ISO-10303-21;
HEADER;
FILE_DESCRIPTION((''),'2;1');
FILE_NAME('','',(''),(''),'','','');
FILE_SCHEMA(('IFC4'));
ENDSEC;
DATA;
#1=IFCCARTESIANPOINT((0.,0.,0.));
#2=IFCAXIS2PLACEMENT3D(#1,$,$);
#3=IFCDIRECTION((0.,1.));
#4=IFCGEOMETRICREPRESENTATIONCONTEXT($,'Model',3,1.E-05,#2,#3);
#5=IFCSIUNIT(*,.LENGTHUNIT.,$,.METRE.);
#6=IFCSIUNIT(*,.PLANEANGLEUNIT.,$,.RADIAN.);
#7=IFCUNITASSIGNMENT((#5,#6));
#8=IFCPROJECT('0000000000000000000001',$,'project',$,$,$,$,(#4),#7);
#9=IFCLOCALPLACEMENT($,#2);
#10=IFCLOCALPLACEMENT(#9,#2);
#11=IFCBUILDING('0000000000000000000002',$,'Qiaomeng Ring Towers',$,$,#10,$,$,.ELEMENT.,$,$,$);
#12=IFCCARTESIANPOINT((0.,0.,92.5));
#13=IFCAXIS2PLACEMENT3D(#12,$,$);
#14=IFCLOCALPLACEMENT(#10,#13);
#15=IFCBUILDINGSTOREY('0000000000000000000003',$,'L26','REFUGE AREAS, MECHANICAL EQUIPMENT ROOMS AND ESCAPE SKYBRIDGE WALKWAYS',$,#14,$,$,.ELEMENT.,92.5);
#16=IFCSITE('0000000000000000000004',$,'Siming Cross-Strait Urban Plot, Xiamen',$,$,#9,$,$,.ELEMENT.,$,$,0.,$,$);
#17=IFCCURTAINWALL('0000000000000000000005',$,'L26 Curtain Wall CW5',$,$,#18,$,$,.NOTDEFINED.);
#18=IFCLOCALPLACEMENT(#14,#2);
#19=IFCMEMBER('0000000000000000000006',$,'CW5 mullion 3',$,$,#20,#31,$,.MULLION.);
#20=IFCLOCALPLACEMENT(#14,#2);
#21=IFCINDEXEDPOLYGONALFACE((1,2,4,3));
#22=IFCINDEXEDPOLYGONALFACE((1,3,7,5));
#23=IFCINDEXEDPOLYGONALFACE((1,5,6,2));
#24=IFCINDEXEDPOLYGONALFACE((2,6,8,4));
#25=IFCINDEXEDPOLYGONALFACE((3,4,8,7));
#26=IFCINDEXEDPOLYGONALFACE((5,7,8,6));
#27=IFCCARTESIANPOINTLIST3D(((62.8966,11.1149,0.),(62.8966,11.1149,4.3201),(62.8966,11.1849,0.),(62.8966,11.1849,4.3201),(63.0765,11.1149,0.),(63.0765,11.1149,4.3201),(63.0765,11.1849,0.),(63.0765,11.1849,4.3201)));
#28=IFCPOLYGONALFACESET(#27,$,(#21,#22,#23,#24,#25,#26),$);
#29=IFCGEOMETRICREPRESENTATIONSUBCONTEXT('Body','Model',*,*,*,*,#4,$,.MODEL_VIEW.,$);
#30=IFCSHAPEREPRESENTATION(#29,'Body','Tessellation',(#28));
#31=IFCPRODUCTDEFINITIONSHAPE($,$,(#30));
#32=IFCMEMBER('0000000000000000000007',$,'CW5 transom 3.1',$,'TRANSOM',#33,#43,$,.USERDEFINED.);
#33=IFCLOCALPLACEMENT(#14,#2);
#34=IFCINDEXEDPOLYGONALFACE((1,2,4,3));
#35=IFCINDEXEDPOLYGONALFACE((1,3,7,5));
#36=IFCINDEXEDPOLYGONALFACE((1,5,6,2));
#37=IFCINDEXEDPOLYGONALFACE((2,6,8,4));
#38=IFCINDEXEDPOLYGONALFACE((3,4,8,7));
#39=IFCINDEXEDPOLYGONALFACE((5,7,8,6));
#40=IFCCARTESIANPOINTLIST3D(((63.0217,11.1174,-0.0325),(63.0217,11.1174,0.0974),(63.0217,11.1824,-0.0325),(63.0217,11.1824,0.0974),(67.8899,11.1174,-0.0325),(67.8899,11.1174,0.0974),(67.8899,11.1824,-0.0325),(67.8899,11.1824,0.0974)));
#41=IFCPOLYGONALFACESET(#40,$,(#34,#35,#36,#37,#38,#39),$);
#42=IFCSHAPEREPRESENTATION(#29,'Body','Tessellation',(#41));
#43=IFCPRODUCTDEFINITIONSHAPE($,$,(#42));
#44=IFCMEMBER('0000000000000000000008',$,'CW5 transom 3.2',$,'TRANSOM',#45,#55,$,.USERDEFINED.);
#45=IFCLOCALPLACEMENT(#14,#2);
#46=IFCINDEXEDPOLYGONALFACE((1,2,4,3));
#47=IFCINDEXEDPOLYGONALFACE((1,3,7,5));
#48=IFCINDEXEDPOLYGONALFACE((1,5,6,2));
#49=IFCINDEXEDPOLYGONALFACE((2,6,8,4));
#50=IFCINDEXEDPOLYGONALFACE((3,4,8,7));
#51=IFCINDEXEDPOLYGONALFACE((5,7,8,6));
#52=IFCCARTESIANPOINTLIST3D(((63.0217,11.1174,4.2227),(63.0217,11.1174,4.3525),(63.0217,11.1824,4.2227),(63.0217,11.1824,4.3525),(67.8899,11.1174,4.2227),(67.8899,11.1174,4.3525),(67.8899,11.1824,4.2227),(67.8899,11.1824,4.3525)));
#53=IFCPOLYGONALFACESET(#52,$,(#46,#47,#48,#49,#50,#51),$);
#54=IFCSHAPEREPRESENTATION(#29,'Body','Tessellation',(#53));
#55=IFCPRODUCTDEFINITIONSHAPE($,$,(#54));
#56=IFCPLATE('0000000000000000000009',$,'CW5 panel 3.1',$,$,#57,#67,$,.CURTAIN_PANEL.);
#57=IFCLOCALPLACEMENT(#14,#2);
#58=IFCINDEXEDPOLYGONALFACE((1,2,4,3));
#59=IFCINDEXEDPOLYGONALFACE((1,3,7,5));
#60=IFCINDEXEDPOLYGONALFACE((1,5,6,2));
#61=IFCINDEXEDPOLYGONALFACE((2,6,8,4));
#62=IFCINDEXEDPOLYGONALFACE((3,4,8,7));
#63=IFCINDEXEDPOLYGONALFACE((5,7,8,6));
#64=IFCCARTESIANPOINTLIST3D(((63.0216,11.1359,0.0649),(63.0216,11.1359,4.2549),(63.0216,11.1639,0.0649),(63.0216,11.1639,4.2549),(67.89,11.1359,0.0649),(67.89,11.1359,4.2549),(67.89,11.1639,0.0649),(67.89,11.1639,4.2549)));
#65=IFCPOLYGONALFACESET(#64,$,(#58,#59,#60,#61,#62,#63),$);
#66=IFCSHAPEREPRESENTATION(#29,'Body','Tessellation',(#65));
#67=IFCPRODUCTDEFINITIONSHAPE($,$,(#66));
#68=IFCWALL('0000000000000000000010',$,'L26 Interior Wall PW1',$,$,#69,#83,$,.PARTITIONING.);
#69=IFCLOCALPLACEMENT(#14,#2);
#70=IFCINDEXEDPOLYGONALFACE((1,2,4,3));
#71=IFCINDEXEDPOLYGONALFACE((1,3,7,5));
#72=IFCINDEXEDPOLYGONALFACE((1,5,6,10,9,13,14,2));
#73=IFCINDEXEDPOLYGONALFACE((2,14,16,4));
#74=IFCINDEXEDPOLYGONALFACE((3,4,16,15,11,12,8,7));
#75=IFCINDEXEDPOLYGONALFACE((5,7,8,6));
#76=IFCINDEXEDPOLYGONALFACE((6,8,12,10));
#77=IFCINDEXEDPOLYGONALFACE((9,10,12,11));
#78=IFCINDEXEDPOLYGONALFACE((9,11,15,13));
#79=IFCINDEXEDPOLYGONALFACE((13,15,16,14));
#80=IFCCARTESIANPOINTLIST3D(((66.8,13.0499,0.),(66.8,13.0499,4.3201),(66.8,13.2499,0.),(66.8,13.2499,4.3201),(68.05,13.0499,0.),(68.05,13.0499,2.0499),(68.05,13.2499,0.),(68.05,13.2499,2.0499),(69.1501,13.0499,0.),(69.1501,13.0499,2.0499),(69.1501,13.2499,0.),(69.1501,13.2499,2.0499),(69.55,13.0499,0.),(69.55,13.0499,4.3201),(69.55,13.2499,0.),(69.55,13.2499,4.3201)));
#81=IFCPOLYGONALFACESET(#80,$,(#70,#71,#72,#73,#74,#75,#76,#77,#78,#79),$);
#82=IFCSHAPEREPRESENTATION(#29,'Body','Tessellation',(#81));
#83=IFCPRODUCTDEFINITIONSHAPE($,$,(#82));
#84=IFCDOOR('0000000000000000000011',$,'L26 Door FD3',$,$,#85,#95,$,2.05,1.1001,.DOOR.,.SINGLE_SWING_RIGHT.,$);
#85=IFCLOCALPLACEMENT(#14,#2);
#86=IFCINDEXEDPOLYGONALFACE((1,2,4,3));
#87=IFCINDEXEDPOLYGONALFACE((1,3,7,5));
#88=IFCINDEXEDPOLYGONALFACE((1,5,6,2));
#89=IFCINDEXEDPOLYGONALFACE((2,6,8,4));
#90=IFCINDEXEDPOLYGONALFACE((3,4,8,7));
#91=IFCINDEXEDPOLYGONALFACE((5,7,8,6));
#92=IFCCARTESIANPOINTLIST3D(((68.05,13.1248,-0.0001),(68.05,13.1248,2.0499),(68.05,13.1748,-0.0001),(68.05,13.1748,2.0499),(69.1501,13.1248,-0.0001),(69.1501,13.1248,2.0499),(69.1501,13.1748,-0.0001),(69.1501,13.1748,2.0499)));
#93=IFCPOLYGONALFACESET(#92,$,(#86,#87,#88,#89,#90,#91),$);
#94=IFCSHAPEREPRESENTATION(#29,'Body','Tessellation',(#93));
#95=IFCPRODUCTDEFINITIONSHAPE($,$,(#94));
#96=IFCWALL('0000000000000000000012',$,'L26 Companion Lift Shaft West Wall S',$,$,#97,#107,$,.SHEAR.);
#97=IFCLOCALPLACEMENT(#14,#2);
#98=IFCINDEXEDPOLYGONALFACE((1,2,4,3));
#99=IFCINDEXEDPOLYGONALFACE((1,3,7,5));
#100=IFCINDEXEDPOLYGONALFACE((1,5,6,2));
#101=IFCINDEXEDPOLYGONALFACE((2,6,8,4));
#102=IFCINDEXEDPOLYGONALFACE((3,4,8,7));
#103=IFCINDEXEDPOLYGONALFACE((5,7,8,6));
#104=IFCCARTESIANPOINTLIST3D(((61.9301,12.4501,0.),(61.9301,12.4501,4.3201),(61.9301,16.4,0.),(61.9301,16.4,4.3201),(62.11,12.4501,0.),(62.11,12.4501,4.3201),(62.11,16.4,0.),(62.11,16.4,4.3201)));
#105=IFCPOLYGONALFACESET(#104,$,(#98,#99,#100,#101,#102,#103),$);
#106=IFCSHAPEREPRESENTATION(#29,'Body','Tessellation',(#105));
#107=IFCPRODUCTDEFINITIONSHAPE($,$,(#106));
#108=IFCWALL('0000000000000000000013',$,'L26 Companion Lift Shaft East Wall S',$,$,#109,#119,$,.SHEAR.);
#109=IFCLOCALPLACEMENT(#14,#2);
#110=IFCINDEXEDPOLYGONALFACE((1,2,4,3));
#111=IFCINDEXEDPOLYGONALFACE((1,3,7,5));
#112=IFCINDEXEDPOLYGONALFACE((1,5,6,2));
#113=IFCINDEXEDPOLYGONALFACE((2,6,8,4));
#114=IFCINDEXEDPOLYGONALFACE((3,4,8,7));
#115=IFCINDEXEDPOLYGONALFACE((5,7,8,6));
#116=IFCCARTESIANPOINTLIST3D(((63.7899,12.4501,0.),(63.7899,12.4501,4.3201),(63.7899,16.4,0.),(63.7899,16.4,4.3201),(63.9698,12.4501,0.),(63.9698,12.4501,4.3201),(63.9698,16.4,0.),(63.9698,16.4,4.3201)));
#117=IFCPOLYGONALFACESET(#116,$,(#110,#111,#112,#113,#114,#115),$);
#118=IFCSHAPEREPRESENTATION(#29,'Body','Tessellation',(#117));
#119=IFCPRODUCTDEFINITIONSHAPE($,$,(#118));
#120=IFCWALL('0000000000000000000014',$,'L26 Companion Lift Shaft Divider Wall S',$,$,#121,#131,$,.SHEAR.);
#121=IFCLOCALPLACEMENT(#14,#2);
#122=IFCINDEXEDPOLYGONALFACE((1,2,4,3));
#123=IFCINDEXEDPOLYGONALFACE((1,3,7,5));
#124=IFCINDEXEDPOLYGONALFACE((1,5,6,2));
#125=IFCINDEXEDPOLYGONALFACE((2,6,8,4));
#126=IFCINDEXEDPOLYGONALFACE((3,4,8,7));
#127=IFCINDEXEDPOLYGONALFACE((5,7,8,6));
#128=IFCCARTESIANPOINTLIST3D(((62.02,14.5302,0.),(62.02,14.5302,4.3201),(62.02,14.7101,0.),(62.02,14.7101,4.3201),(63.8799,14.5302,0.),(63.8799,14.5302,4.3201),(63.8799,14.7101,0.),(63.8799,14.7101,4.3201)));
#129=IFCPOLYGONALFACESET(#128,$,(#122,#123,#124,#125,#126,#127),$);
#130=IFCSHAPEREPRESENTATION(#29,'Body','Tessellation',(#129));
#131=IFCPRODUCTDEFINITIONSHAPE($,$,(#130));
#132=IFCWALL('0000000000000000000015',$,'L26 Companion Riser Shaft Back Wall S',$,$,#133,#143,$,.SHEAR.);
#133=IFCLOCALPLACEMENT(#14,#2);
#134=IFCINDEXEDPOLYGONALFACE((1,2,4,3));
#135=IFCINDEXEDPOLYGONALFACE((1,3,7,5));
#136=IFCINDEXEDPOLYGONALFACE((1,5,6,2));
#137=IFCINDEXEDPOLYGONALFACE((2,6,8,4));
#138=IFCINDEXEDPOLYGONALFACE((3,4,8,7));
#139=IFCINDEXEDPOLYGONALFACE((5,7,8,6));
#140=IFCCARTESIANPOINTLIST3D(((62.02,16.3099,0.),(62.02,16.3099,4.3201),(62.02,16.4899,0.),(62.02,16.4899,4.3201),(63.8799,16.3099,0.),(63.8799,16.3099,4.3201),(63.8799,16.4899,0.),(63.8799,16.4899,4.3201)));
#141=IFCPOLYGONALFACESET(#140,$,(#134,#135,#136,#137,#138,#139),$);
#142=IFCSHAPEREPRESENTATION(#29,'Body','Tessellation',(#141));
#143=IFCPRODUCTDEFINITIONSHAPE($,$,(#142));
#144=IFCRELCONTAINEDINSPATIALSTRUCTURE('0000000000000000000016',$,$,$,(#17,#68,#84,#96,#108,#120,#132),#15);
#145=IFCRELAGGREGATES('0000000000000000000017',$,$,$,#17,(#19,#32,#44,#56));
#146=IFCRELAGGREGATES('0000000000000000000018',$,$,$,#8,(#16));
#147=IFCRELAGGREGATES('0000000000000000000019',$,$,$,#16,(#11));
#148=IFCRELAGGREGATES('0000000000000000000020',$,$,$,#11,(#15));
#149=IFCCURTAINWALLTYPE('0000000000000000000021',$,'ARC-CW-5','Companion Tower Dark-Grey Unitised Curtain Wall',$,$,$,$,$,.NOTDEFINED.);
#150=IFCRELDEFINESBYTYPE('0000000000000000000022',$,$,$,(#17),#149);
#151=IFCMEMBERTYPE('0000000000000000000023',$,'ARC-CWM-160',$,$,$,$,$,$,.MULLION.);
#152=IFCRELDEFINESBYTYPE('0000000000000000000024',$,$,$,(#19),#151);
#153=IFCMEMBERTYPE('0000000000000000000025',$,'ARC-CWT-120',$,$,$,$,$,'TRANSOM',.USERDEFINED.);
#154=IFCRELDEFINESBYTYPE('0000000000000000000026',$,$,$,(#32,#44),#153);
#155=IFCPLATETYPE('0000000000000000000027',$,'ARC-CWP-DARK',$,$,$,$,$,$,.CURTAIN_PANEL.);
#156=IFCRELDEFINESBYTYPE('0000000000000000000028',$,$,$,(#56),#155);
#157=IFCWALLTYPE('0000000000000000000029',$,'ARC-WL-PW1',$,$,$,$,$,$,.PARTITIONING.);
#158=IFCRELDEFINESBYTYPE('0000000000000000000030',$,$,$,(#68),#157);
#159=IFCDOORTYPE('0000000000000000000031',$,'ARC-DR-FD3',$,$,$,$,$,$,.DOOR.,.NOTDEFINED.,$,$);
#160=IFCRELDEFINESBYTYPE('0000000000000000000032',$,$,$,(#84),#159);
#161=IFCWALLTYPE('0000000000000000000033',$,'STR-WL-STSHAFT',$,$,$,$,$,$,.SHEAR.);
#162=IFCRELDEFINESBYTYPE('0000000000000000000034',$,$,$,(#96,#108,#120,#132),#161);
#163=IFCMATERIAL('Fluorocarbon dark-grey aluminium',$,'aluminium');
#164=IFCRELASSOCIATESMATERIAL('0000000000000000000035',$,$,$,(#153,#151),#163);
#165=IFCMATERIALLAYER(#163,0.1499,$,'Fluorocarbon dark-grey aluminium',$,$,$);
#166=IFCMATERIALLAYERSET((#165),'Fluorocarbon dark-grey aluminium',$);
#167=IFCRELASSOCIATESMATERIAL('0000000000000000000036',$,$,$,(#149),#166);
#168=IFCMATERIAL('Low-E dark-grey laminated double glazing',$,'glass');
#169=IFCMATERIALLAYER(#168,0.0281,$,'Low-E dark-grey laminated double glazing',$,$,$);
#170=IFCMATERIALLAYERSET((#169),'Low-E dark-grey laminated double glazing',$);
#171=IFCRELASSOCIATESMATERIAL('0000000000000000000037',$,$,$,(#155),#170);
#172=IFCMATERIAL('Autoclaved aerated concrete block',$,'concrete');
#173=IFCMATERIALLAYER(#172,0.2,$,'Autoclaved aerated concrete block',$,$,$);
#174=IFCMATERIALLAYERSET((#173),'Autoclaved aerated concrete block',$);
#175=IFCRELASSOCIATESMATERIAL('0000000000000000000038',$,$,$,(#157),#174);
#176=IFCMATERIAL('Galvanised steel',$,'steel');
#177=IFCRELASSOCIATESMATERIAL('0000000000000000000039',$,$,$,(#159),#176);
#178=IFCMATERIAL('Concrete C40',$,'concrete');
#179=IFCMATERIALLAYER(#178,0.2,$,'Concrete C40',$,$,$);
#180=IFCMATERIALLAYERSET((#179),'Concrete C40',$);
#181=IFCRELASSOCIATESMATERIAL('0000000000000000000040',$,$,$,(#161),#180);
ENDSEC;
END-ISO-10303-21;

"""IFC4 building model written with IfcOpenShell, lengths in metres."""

from ifc_helpers import new_model, si_unit, direction, frame, frame_2d, origin, origin_2d, place, context, subcontext, project, spatial, rectangle, extrude, source, transform, mapped, material, layer, layer_set, material_profile, profile_set, type_object, element, fill, aggregate, save


model = new_model("IFC4")

# Units and contexts
model_context = context("Model", 3, precision=1e-05, world=origin(), true_north=direction((0.0, 1.0)))
body_context = subcontext(model_context, "Body", "Model", "MODEL_VIEW")
ifc_project = project(units=[si_unit("LENGTHUNIT", "METRE"), si_unit("PLANEANGLEUNIT", "RADIAN")], contexts=[model_context])

# Site, building, storey
site_placement = place(None, origin())
site = spatial("IfcSite", under=ifc_project, at=site_placement, Name="Siming Cross-Strait Urban Plot, Xiamen", CompositionType="ELEMENT", RefElevation=0.0)
building_placement = place(site_placement, origin())
building = spatial("IfcBuilding", under=site, at=building_placement, Name="Qiaomeng Ring Towers", CompositionType="ELEMENT")
storey_placement = place(building_placement, frame((0.0, 0.0, 92.5)))
storey = spatial("IfcBuildingStorey", under=building, at=storey_placement, Name="L26", Description="REFUGE AREAS, MECHANICAL EQUIPMENT ROOMS AND ESCAPE SKYBRIDGE WALKWAYS", CompositionType="ELEMENT", Elevation=92.5)

# Shared definitions
ifc_material_1 = material(Name="Fluorocarbon dark-grey aluminium", Category="aluminium")
ifc_material_profile_1 = material_profile(ifc_material_1, rectangle(XDim=0.0649, YDim=0.1299, at=origin_2d()), Name="ALU TRAN 65x130")
ifc_profile_set_1 = profile_set([ifc_material_profile_1], Name="Fluorocarbon dark-grey aluminium")
member_type_1 = type_object("IfcMemberType", Name="ARC-CWT-120", ElementType="TRANSOM", PredefinedType="USERDEFINED", material=ifc_profile_set_1)

# Curtain wall, members, plate
ifc_layer_1 = layer(ifc_material_1, 0.1499, Name="Fluorocarbon dark-grey aluminium")
ifc_layer_set_1 = layer_set([ifc_layer_1], Name="Fluorocarbon dark-grey aluminium")
curtain_wall_type_1 = type_object("IfcCurtainWallType", Name="ARC-CW-5", Description="Companion Tower Dark-Grey Unitised Curtain Wall", PredefinedType="NOTDEFINED", material=ifc_layer_set_1)
curtain_wall_1_placement = place(storey_placement, origin())
curtain_wall_1 = element("IfcCurtainWall", 1, at=curtain_wall_1_placement, inside=storey, type_object=curtain_wall_type_1, Name="L26 Curtain Wall CW5", PredefinedType="NOTDEFINED")
ifc_material_profile_2 = material_profile(ifc_material_1, rectangle(XDim=0.0701, YDim=0.1799, at=origin_2d()), Name="ALU MULL 70x180")
ifc_profile_set_2 = profile_set([ifc_material_profile_2], Name="Fluorocarbon dark-grey aluminium")
member_type_2 = type_object("IfcMemberType", Name="ARC-CWM-160", PredefinedType="MULLION", material=ifc_profile_set_2)
shared_shape_1 = source(origin(), body_context, "Body", "SweptSolid", [
    extrude(rectangle(XDim=0.0701, YDim=0.1799, at=origin_2d()), origin(), (0.0, 0.0, 1.0), 4.3201),
])
member_1_placement = place(storey_placement, frame((62.9866, 11.1499, 0.0), z_axis=(0.0, 0.0, 1.0), x_axis=(0.0, 1.0, 0.0)))
member_1 = element("IfcMember", 2, at=member_1_placement, type_object=member_type_2, Name="CW5 mullion 3", PredefinedType="MULLION", context=body_context, shape_type="MappedRepresentation", body=[
    mapped(shared_shape_1, transform((0.0, 0.0, 0.0), x_axis=(1.0, 0.0, 0.0), y_axis=(0.0, 1.0, 0.0), z_axis=(0.0, 0.0, 1.0), scale=1.0)),
])
shared_shape_2 = source(origin(), body_context, "Body", "SweptSolid", [
    extrude(rectangle(XDim=0.0649, YDim=0.1299, at=origin_2d()), origin(), (0.0, 0.0, 1.0), 4.8682),
])
member_2_placement = place(storey_placement, frame((63.0217, 11.1499, 0.0325), z_axis=(1.0, 0.0, 0.0), x_axis=(0.0, 1.0, 0.0)))
member_2 = element("IfcMember", 3, at=member_2_placement, type_object=member_type_1, Name="CW5 transom 3.1", ObjectType="TRANSOM", PredefinedType="USERDEFINED", context=body_context, shape_type="MappedRepresentation", body=[
    mapped(shared_shape_2, transform((0.0, 0.0, 0.0), x_axis=(1.0, 0.0, 0.0), y_axis=(0.0, 1.0, 0.0), z_axis=(0.0, 0.0, 1.0), scale=1.0)),
])
member_3_placement = place(storey_placement, frame((63.0217, 11.1499, 4.2876), z_axis=(1.0, 0.0, 0.0), x_axis=(0.0, 1.0, 0.0)))
member_3 = element("IfcMember", 4, at=member_3_placement, type_object=member_type_1, Name="CW5 transom 3.2", ObjectType="TRANSOM", PredefinedType="USERDEFINED", context=body_context, shape_type="MappedRepresentation", body=[
    mapped(shared_shape_2, transform((0.0, 0.0, 0.0), x_axis=(1.0, 0.0, 0.0), y_axis=(0.0, 1.0, 0.0), z_axis=(0.0, 0.0, 1.0), scale=1.0)),
])
ifc_material_2 = material(Name="Low-E dark-grey laminated double glazing", Category="glass")
ifc_layer_2 = layer(ifc_material_2, 0.0281, Name="Low-E dark-grey laminated double glazing")
ifc_layer_set_2 = layer_set([ifc_layer_2], Name="Low-E dark-grey laminated double glazing")
plate_type = type_object("IfcPlateType", Name="ARC-CWP-DARK", PredefinedType="CURTAIN_PANEL", material=ifc_layer_set_2)
shared_shape_3 = source(origin(), body_context, "Body", "SweptSolid", [
    extrude(rectangle(XDim=4.8684, YDim=0.0281, at=origin_2d()), origin(), (0.0, 0.0, 1.0), 4.1899),
])
plate_placement = place(storey_placement, frame((65.4558, 11.1499, 0.0649), z_axis=(0.0, 0.0, 1.0), x_axis=(1.0, 0.0, 0.0)))
plate = element("IfcPlate", 5, at=plate_placement, type_object=plate_type, Name="CW5 panel 3.1", PredefinedType="CURTAIN_PANEL", context=body_context, shape_type="MappedRepresentation", body=[
    mapped(shared_shape_3, transform((0.0, 0.0, 0.0), x_axis=(1.0, 0.0, 0.0), y_axis=(0.0, 1.0, 0.0), z_axis=(0.0, 0.0, 1.0), scale=1.0)),
])
aggregate(curtain_wall_1, [member_1, member_2, member_3, plate])

# Wall, opening, door
ifc_material_3 = material(Name="Autoclaved aerated concrete block", Category="concrete")
ifc_layer_3 = layer(ifc_material_3, 0.2, Name="Autoclaved aerated concrete block")
ifc_layer_set_3 = layer_set([ifc_layer_3], Name="Autoclaved aerated concrete block")
wall_type_1 = type_object("IfcWallType", Name="ARC-WL-PW1", PredefinedType="PARTITIONING", material=ifc_layer_set_3)
wall_1_placement = place(storey_placement, frame((66.8, 13.1499, 0.0), z_axis=(0.0, 0.0, 1.0), x_axis=(1.0, 0.0, 0.0)))
wall_1 = element("IfcWall", 6, at=wall_1_placement, inside=storey, type_object=wall_type_1, Name="L26 Interior Wall PW1", PredefinedType="PARTITIONING", context=body_context, shape_type="SweptSolid", body=[
    extrude(rectangle(XDim=2.75, YDim=0.2, at=frame_2d((1.375, 0.0))), origin(), (0.0, 0.0, 1.0), 4.3201),
])
opening_1_placement = place(wall_1_placement, frame((1.25, 0.0, 0.0)))
opening_1 = element("IfcOpeningElement", 7, at=opening_1_placement, cuts=wall_1, PredefinedType="OPENING", context=body_context, shape_type="SweptSolid", body=[
    extrude(rectangle(XDim=1.1001, YDim=2.05, at=frame_2d((0.55, 1.0249))), frame((0.0, 0.1099, 0.0), z_axis=(0.0, -1.0, 0.0), x_axis=(1.0, 0.0, 0.0)), (0.0, 0.0, 1.0), 0.22),
])
ifc_material_4 = material(Name="Galvanised steel", Category="steel")
door_type_1 = type_object("IfcDoorType", Name="ARC-DR-FD3", OperationType="NOTDEFINED", PredefinedType="DOOR", material=ifc_material_4)
shared_shape_4 = source(origin(), body_context, "Body", "SweptSolid", [
    extrude(rectangle(XDim=1.1001, YDim=2.05, at=frame_2d((0.55, 1.0249))), frame((0.0, 0.0249, 0.0), z_axis=(0.0, -1.0, 0.0), x_axis=(1.0, 0.0, 0.0)), (0.0, 0.0, 1.0), 0.05),
])
door_1_placement = place(opening_1_placement, origin())
door_1 = element("IfcDoor", 8, at=door_1_placement, inside=storey, type_object=door_type_1, Name="L26 Door FD3", OperationType="SINGLE_SWING_RIGHT", OverallHeight=2.05, OverallWidth=1.1001, PredefinedType="DOOR", context=body_context, shape_type="MappedRepresentation", body=[
    mapped(shared_shape_4, transform((0.0, 0.0, 0.0), x_axis=(1.0, 0.0, 0.0), y_axis=(0.0, 1.0, 0.0), z_axis=(0.0, 0.0, 1.0), scale=1.0)),
])
fill(opening_1, door_1)

# Walls
ifc_material_5 = material(Name="Concrete C40", Category="concrete")
ifc_layer_4 = layer(ifc_material_5, 0.2, Name="Concrete C40")
ifc_layer_set_4 = layer_set([ifc_layer_4], Name="Concrete C40")
wall_type_2 = type_object("IfcWallType", Name="STR-WL-STSHAFT", PredefinedType="SHEAR", material=ifc_layer_set_4)
for number, where, z_axis, x_axis, name in (
    (9, (62.02, 12.45, 0.0), (0.0, 0.0, 1.0), (0.0, 1.0, 0.0), "L26 Companion Lift Shaft West Wall S"),
    (10, (63.8799, 12.45, 0.0), (0.0, 0.0, 1.0), (0.0, 1.0, 0.0), "L26 Companion Lift Shaft East Wall S"),
):
    element("IfcWall", number, at=place(storey_placement, frame(where, z_axis=z_axis, x_axis=x_axis)), inside=storey, type_object=wall_type_2, Name=name, PredefinedType="SHEAR", context=body_context, shape_type="SweptSolid", body=[
        extrude(rectangle(XDim=3.95, YDim=0.1799, at=frame_2d((1.9751, 0.0))), origin(), (0.0, 0.0, 1.0), 4.3201),
    ])
for number, where, z_axis, x_axis, name in (
    (11, (62.02, 14.6201, 0.0), (0.0, 0.0, 1.0), (1.0, 0.0, 0.0), "L26 Companion Lift Shaft Divider Wall S"),
    (12, (62.02, 16.3999, 0.0), (0.0, 0.0, 1.0), (1.0, 0.0, 0.0), "L26 Companion Riser Shaft Back Wall S"),
):
    element("IfcWall", number, at=place(storey_placement, frame(where, z_axis=z_axis, x_axis=x_axis)), inside=storey, type_object=wall_type_2, Name=name, PredefinedType="SHEAR", context=body_context, shape_type="SweptSolid", body=[
        extrude(rectangle(XDim=1.8599, YDim=0.1799, at=frame_2d((0.9299, 0.0))), origin(), (0.0, 0.0, 1.0), 4.3201),
    ])

save(model, "model.ifc")
